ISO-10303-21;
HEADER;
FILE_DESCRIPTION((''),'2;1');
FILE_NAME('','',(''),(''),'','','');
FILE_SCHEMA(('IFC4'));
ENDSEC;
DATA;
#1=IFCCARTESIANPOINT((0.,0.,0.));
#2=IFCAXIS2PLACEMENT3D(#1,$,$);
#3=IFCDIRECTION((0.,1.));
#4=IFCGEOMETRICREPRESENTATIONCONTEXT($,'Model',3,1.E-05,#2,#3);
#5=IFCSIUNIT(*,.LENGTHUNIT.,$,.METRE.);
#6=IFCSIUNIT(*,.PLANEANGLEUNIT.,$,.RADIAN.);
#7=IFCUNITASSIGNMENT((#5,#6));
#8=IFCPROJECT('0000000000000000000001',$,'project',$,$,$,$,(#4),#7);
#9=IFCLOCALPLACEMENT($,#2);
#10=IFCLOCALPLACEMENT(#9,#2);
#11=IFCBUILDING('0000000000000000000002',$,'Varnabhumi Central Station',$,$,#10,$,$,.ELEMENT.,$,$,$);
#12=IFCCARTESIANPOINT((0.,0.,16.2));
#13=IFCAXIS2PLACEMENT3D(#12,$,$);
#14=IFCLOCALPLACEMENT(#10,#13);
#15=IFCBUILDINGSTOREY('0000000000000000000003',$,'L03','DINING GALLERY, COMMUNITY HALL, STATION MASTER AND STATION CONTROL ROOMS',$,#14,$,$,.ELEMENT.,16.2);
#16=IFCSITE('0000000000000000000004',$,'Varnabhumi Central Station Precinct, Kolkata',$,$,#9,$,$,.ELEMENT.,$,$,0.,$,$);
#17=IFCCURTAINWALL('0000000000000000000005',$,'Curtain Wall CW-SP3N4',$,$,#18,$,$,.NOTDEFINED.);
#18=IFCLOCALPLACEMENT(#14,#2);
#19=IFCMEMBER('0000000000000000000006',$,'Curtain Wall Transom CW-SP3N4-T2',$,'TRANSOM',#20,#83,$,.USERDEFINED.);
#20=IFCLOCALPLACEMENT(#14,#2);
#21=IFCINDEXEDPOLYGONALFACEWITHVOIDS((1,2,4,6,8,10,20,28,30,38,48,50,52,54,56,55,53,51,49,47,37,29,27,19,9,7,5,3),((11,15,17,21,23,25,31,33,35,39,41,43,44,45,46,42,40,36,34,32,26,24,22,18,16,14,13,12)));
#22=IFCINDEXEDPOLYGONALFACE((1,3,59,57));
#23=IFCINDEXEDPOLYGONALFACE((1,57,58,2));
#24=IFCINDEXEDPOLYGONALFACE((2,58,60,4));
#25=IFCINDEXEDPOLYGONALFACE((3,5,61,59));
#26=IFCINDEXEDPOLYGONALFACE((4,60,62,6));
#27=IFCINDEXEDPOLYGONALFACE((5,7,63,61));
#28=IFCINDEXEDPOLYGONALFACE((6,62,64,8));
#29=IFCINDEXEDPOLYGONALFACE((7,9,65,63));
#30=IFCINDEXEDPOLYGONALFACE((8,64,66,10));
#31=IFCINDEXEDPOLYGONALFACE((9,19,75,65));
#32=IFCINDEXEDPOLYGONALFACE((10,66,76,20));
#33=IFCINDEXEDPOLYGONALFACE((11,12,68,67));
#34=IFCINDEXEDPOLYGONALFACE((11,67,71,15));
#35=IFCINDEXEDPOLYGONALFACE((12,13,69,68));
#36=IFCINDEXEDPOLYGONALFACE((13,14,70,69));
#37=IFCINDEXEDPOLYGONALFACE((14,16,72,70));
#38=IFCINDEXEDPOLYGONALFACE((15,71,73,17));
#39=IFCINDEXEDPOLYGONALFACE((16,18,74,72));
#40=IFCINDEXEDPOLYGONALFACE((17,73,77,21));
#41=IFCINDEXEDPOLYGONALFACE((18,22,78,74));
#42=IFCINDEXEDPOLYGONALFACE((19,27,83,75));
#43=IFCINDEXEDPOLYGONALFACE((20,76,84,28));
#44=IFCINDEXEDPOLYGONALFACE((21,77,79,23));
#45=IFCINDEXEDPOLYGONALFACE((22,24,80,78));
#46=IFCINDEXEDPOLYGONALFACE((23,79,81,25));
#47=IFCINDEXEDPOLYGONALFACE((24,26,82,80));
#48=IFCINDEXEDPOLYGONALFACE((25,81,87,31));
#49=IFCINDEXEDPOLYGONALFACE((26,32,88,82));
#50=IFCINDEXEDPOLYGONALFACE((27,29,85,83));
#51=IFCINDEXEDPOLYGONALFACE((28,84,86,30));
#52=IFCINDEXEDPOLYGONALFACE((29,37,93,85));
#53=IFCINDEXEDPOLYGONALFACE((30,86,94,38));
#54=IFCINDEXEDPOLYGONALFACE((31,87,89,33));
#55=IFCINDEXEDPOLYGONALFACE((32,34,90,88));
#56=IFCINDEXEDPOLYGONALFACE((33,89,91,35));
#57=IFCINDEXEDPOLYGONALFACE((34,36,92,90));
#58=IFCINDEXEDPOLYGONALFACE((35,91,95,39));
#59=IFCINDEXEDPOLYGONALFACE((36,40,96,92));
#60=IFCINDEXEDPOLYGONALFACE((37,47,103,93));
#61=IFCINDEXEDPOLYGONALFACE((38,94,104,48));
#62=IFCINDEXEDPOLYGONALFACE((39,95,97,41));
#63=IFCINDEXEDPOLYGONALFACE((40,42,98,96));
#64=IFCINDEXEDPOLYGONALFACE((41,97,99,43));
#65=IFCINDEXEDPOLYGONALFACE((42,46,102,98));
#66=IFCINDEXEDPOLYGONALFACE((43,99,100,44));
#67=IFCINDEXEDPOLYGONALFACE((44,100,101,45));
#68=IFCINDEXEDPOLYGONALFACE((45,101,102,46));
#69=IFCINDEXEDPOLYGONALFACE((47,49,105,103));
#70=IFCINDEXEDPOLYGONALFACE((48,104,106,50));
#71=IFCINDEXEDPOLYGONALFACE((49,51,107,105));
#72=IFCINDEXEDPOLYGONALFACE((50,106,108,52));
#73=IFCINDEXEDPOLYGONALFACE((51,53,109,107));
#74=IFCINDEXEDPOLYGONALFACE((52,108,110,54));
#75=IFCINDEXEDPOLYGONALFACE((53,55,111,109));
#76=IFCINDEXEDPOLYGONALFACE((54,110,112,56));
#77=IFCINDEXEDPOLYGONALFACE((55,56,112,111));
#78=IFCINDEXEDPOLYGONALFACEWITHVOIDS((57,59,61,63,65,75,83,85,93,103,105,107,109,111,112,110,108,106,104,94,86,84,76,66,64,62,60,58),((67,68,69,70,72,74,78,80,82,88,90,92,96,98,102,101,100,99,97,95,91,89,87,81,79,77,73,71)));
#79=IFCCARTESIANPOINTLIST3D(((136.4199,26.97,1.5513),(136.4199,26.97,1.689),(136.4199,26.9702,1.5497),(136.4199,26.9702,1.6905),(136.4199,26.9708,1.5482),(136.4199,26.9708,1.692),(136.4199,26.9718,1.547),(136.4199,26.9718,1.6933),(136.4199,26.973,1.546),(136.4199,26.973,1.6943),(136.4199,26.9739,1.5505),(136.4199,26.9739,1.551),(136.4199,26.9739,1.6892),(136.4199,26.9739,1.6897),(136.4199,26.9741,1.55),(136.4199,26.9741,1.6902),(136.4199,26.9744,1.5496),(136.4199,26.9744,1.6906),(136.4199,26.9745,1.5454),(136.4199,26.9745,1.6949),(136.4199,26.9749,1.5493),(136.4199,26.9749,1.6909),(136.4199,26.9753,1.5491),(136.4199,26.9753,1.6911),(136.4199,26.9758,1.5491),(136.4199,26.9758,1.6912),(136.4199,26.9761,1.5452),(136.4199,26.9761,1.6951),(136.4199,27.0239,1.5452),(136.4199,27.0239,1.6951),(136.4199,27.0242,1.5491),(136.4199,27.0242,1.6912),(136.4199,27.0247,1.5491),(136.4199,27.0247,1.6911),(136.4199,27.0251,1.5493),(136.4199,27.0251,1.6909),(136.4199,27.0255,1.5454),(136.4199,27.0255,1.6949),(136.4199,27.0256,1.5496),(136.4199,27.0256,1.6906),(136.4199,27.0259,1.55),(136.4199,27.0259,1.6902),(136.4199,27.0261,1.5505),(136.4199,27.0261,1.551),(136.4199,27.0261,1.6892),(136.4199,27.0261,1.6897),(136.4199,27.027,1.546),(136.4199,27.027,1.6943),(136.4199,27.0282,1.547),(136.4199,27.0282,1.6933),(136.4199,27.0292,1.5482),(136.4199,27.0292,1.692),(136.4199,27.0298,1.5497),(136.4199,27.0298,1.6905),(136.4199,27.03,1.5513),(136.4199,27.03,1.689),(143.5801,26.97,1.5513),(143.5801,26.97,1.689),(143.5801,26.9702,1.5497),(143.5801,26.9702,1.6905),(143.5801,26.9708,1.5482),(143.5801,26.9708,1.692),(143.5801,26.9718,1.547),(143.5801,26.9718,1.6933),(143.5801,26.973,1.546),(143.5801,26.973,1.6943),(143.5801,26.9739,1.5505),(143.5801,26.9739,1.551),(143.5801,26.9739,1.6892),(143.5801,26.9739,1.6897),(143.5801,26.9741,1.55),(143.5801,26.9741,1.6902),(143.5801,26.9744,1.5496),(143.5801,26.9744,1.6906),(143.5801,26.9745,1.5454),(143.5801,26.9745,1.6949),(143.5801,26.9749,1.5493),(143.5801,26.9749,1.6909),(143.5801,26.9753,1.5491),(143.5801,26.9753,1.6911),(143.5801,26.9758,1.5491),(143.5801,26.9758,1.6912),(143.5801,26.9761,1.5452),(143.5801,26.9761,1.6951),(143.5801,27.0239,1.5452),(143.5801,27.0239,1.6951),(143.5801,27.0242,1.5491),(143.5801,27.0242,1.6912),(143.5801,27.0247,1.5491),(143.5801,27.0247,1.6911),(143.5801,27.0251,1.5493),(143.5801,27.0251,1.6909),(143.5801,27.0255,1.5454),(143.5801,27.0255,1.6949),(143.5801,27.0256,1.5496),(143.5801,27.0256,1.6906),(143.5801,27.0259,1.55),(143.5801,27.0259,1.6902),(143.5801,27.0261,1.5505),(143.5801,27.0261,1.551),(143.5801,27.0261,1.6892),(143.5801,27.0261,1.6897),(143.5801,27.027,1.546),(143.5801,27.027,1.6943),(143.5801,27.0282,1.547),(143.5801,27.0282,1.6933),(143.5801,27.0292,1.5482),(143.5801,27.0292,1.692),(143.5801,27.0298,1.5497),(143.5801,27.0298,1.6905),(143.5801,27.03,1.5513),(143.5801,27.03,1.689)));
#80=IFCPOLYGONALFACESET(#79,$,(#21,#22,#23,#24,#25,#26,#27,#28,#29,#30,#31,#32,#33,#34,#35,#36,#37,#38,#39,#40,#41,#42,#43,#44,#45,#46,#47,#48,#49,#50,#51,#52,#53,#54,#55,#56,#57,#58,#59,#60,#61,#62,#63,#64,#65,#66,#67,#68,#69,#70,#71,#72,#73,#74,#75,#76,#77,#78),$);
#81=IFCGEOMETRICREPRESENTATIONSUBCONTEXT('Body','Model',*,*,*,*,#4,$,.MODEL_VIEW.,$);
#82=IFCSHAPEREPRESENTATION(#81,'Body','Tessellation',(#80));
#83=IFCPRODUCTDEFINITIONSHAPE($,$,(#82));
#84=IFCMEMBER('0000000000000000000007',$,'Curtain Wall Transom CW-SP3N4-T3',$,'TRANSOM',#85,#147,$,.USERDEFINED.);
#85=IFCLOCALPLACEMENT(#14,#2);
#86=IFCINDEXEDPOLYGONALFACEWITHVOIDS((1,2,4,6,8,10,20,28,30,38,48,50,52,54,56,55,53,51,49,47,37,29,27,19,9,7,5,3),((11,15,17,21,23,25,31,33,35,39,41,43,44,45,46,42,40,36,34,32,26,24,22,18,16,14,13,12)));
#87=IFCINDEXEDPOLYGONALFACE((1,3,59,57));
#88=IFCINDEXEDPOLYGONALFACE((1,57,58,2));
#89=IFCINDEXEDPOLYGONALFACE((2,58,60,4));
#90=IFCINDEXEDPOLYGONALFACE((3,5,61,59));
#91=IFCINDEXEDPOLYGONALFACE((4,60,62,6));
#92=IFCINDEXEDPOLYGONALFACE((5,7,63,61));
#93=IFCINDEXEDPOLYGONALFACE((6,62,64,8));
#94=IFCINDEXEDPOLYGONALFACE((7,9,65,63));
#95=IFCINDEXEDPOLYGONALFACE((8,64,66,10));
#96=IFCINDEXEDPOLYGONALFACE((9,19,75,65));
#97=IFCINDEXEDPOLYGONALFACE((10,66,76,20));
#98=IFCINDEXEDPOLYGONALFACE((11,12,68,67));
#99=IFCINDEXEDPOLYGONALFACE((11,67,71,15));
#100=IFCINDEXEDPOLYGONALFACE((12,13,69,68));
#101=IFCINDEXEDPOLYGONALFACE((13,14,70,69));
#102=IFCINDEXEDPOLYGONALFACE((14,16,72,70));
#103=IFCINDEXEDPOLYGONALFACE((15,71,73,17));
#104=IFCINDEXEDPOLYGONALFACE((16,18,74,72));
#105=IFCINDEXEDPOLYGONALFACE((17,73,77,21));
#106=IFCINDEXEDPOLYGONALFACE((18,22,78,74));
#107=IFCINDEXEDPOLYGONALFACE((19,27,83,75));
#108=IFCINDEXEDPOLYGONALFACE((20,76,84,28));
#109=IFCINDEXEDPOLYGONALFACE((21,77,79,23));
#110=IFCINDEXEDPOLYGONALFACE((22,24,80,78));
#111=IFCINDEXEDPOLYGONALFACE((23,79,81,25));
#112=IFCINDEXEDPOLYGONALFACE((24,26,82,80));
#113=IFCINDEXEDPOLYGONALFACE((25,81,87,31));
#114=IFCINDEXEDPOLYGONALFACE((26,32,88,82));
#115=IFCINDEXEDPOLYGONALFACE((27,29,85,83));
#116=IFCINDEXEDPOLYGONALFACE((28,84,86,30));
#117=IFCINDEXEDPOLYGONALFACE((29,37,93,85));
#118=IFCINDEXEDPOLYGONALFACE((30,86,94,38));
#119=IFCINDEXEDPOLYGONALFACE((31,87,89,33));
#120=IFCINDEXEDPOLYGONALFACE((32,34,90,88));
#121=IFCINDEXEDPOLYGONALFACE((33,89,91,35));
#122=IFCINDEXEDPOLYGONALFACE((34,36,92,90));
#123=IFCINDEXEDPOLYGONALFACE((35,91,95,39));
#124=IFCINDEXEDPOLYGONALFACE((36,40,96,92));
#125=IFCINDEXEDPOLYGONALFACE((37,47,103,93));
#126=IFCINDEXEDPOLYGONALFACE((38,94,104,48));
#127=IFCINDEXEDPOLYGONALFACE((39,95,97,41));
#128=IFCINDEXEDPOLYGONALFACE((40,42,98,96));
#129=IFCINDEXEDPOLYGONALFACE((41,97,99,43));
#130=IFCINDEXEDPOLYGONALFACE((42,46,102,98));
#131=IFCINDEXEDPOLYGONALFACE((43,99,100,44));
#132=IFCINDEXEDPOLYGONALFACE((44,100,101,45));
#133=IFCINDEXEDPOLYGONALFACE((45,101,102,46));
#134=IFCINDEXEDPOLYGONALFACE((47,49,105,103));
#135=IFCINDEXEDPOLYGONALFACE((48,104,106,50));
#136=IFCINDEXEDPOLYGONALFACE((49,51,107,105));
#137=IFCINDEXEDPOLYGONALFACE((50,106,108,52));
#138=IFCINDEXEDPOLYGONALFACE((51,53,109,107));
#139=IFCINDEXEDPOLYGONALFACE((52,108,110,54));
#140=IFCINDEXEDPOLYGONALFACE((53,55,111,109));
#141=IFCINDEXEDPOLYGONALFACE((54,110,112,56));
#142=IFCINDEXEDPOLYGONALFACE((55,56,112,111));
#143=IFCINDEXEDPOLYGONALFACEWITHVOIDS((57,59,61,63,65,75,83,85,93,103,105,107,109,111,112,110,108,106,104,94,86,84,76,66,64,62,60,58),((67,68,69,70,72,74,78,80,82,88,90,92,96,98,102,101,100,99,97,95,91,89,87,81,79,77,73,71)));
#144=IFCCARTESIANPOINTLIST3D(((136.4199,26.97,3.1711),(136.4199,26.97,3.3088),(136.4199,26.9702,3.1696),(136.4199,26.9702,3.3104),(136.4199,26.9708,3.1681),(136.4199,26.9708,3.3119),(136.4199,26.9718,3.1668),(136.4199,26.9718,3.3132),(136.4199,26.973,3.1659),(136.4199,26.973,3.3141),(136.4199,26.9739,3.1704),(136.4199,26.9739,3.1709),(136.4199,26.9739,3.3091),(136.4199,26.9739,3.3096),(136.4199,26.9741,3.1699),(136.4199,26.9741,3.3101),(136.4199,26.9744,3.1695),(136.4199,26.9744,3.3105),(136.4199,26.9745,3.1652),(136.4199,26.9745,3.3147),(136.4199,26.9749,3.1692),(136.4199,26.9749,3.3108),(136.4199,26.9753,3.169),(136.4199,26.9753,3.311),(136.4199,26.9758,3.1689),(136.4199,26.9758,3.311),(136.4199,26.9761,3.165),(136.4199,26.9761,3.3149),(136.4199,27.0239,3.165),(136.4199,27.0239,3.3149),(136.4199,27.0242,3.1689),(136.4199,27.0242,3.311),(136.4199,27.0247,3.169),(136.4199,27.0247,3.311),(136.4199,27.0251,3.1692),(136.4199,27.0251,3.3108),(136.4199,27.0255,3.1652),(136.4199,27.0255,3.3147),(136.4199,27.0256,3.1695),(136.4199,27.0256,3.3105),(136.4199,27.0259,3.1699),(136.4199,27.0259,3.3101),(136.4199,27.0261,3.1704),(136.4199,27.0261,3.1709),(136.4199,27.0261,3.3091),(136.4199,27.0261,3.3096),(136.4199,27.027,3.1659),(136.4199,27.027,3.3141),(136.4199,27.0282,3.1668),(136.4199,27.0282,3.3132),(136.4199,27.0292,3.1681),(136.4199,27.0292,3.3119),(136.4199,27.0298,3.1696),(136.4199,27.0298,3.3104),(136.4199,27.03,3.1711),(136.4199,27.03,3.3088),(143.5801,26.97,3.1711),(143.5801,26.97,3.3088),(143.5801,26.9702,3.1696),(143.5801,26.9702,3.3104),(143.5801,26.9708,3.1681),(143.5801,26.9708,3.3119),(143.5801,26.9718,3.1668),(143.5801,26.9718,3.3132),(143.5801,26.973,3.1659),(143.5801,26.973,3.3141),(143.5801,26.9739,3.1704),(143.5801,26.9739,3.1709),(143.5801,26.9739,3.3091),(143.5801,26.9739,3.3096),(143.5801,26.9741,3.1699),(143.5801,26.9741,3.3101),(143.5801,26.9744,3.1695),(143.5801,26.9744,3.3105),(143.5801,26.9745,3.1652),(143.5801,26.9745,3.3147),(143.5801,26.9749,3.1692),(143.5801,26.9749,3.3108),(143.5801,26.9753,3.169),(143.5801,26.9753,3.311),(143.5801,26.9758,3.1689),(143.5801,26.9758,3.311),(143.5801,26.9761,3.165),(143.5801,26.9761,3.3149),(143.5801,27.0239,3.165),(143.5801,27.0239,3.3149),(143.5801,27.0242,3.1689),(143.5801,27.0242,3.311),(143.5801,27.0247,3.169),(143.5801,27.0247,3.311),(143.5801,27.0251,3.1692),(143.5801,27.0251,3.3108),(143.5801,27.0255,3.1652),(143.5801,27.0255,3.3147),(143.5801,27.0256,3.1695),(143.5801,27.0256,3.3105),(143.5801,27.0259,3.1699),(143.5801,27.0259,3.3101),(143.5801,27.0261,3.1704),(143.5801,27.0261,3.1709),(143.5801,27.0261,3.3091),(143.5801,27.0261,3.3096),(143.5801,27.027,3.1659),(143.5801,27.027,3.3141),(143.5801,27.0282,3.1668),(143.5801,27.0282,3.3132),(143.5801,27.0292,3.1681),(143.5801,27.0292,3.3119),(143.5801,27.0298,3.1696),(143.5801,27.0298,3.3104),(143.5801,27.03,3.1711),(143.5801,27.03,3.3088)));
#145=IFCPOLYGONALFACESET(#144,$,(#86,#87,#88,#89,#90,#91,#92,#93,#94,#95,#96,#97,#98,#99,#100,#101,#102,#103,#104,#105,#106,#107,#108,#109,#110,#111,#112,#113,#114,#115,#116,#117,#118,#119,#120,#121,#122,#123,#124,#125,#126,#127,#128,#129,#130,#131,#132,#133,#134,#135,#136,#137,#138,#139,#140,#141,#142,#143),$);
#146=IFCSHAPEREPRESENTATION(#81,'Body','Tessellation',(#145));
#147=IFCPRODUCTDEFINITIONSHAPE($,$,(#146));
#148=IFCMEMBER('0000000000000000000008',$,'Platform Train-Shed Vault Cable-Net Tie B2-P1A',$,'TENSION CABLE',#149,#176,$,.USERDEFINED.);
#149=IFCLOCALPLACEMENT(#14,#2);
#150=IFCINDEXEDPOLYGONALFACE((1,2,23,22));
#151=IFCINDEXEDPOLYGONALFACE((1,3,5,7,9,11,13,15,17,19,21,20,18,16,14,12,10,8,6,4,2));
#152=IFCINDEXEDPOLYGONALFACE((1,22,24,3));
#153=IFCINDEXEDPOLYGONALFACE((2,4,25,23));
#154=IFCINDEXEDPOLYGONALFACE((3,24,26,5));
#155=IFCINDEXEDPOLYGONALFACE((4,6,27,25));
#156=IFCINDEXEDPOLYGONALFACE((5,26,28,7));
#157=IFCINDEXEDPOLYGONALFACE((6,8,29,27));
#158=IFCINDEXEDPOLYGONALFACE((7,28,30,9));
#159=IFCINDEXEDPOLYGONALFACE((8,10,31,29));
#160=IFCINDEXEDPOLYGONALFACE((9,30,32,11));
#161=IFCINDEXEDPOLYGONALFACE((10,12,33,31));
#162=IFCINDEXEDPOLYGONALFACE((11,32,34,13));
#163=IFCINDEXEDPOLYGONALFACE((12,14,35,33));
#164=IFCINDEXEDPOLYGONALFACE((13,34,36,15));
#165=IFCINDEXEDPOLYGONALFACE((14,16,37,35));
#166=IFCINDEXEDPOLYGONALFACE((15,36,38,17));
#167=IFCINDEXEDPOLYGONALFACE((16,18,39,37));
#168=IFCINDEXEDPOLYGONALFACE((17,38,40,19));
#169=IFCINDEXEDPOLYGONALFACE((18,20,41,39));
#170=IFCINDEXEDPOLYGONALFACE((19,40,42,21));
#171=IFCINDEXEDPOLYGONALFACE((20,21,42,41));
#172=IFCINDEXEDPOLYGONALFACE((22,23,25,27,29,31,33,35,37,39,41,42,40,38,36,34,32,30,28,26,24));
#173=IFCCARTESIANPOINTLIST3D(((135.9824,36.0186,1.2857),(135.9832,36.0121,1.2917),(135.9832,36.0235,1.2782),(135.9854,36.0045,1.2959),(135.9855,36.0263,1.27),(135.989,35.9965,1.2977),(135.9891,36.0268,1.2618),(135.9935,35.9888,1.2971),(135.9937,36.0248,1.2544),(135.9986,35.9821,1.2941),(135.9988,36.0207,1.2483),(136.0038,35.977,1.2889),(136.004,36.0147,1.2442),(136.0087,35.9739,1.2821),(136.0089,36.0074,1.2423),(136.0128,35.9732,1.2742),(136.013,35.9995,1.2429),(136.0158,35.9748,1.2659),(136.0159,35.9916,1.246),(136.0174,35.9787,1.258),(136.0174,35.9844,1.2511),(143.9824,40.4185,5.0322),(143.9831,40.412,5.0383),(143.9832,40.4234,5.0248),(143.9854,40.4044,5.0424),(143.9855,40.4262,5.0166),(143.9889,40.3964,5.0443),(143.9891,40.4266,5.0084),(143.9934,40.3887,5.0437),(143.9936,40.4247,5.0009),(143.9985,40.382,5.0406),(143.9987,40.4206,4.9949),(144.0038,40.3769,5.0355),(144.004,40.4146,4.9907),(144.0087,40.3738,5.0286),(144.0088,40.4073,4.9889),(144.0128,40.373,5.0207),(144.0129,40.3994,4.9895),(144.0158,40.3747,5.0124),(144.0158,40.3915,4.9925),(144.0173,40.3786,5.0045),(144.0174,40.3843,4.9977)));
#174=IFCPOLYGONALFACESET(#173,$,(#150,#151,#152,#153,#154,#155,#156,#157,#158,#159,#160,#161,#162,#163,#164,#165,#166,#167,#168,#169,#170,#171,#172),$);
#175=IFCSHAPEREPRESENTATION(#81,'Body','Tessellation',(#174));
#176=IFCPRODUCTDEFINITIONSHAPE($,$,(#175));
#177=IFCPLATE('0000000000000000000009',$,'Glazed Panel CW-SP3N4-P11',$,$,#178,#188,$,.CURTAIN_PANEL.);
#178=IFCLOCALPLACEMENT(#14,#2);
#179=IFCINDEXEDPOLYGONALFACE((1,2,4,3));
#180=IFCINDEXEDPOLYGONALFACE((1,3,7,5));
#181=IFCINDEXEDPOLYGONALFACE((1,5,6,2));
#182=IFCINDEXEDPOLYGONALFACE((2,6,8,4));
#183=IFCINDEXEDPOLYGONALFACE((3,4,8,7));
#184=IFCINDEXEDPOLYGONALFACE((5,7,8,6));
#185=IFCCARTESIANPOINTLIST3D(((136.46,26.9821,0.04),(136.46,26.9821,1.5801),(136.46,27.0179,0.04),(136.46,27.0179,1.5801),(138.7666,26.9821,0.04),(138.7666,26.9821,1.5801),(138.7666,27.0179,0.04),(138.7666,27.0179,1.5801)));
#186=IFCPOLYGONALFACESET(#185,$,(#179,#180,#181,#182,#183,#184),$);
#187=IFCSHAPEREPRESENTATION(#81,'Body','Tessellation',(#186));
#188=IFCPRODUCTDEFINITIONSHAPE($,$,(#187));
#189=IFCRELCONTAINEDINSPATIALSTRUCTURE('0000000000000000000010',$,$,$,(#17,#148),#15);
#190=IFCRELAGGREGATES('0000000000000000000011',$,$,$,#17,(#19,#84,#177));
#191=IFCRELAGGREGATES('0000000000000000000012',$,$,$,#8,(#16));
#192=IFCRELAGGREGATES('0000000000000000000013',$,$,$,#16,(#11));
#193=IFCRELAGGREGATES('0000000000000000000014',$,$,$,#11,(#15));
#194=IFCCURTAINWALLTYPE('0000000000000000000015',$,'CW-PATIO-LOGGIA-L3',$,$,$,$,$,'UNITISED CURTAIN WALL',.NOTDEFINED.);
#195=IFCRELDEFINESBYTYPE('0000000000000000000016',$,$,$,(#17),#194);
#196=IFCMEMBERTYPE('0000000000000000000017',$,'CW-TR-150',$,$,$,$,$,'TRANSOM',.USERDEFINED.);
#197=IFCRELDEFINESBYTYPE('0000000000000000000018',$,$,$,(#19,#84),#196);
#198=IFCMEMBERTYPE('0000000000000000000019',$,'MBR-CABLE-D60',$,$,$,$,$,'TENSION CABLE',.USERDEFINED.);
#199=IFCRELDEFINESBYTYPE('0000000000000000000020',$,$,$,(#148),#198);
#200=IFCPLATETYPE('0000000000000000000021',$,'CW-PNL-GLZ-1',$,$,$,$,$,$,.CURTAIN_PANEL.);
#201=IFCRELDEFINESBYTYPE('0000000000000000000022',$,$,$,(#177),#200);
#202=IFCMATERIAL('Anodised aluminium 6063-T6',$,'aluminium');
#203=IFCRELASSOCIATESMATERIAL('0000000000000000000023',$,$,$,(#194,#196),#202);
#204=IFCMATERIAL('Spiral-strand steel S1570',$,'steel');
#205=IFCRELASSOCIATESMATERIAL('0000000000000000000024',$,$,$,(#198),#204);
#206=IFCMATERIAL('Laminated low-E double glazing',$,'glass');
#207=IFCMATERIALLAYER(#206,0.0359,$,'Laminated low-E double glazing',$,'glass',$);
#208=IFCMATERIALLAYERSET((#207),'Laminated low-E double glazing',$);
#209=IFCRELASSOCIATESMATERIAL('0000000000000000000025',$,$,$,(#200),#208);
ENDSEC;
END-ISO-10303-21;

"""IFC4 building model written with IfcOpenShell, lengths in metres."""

from ifc_helpers import new_model, si_unit, direction, frame, origin, origin_2d, place, context, subcontext, project, spatial, rectangle, hollow_rectangle, circle, extrude, material, layer, layer_set, material_profile, profile_set, type_object, element, aggregate, save


model = new_model("IFC4")

# Units and contexts
model_context = context("Model", 3, precision=1e-05, world=origin(), true_north=direction((0.0, 1.0)))
body_context = subcontext(model_context, "Body", "Model", "MODEL_VIEW")
ifc_project = project(units=[si_unit("LENGTHUNIT", "METRE"), si_unit("PLANEANGLEUNIT", "RADIAN")], contexts=[model_context])

# Site, building, storey
site_placement = place(None, origin())
site = spatial("IfcSite", under=ifc_project, at=site_placement, Name="Varnabhumi Central Station Precinct, Kolkata", CompositionType="ELEMENT", RefElevation=0.0)
building_placement = place(site_placement, origin())
building = spatial("IfcBuilding", under=site, at=building_placement, Name="Varnabhumi Central Station", CompositionType="ELEMENT")
storey_placement = place(building_placement, frame((0.0, 0.0, 16.2)))
storey = spatial("IfcBuildingStorey", under=building, at=storey_placement, Name="L03", Description="DINING GALLERY, COMMUNITY HALL, STATION MASTER AND STATION CONTROL ROOMS", CompositionType="ELEMENT", Elevation=16.2)

# Curtain wall, members
ifc_material_1 = material(Name="Anodised aluminium 6063-T6", Category="aluminium")
curtain_wall_type_1 = type_object("IfcCurtainWallType", Name="CW-PATIO-LOGGIA-L3", ElementType="UNITISED CURTAIN WALL", PredefinedType="NOTDEFINED", material=ifc_material_1)
curtain_wall_1_placement = place(storey_placement, origin())
curtain_wall_1 = element("IfcCurtainWall", 1, at=curtain_wall_1_placement, inside=storey, type_object=curtain_wall_type_1, Name="Curtain Wall CW-SP3N4", PredefinedType="NOTDEFINED")
ifc_material_profile_1 = material_profile(ifc_material_1, hollow_rectangle(XDim=0.0601, YDim=0.1499, WallThickness=0.0039, InnerFilletRadius=0.002, OuterFilletRadius=0.0061, at=origin_2d()), Name="Anodised aluminium 6063-T6", Category="aluminium")
ifc_profile_set_1 = profile_set([ifc_material_profile_1], Name="Anodised aluminium 6063-T6")
member_type_1 = type_object("IfcMemberType", Name="CW-TR-150", ElementType="TRANSOM", PredefinedType="USERDEFINED", material=ifc_profile_set_1)
member_1_placement = place(storey_placement, frame((136.4199, 27.0, 1.6201), z_axis=(1.0, 0.0, 0.0), x_axis=(0.0, 1.0, 0.0)))
member_1 = element("IfcMember", 2, at=member_1_placement, type_object=member_type_1, Name="Curtain Wall Transom CW-SP3N4-T2", ObjectType="TRANSOM", PredefinedType="USERDEFINED", context=body_context, shape_type="SweptSolid", body=[
    extrude(hollow_rectangle(XDim=0.0601, YDim=0.1499, WallThickness=0.0039, InnerFilletRadius=0.002, OuterFilletRadius=0.0061, at=origin_2d()), origin(), (0.0, 0.0, 1.0), 7.1602),
])
member_2_placement = place(storey_placement, frame((136.4199, 27.0, 3.24), z_axis=(1.0, 0.0, 0.0), x_axis=(0.0, 1.0, 0.0)))
member_2 = element("IfcMember", 3, at=member_2_placement, type_object=member_type_1, Name="Curtain Wall Transom CW-SP3N4-T3", ObjectType="TRANSOM", PredefinedType="USERDEFINED", context=body_context, shape_type="SweptSolid", body=[
    extrude(hollow_rectangle(XDim=0.0601, YDim=0.1499, WallThickness=0.0039, InnerFilletRadius=0.002, OuterFilletRadius=0.0061, at=origin_2d()), origin(), (0.0, 0.0, 1.0), 7.1602),
])

# Member
ifc_material_2 = material(Name="Spiral-strand steel S1570", Category="steel")
ifc_material_profile_2 = material_profile(ifc_material_2, circle(Radius=0.03, at=origin_2d()), Name="Spiral-strand steel S1570", Category="steel")
ifc_profile_set_2 = profile_set([ifc_material_profile_2], Name="Spiral-strand steel S1570")
member_type_2 = type_object("IfcMemberType", Name="MBR-CABLE-D60", ElementType="TENSION CABLE", PredefinedType="USERDEFINED", material=ifc_profile_set_2)
member_3_placement = place(storey_placement, frame((136.0, 36.0, 1.27), z_axis=(0.810624, 0.445833, 0.379634), x_axis=(-0.481911, 0.87622, 0.0)))
element("IfcMember", 4, at=member_3_placement, inside=storey, type_object=member_type_2, Name="Platform Train-Shed Vault Cable-Net Tie B2-P1A", ObjectType="TENSION CABLE", PredefinedType="USERDEFINED", context=body_context, shape_type="SweptSolid", body=[
    extrude(circle(Radius=0.03, at=origin_2d()), origin(), (0.0, 0.0, 1.0), 9.8689),
])

# Plate
ifc_material_3 = material(Name="Laminated low-E double glazing", Category="glass")
ifc_layer_1 = layer(ifc_material_3, 0.0359, Name="Laminated low-E double glazing", Category="glass")
ifc_layer_set_1 = layer_set([ifc_layer_1], Name="Laminated low-E double glazing")
plate_type_1 = type_object("IfcPlateType", Name="CW-PNL-GLZ-1", PredefinedType="CURTAIN_PANEL", material=ifc_layer_set_1)
plate_1_placement = place(storey_placement, frame((137.6133, 27.0, 0.04), z_axis=(0.0, 0.0, 1.0), x_axis=(1.0, 0.0, 0.0)))
plate_1 = element("IfcPlate", 5, at=plate_1_placement, type_object=plate_type_1, Name="Glazed Panel CW-SP3N4-P11", PredefinedType="CURTAIN_PANEL", context=body_context, shape_type="SweptSolid", body=[
    extrude(rectangle(XDim=2.3066, YDim=0.0359, at=origin_2d()), origin(), (0.0, 0.0, 1.0), 1.54),
])
aggregate(curtain_wall_1, [member_1, member_2, plate_1])

save(model, "model.ifc")
